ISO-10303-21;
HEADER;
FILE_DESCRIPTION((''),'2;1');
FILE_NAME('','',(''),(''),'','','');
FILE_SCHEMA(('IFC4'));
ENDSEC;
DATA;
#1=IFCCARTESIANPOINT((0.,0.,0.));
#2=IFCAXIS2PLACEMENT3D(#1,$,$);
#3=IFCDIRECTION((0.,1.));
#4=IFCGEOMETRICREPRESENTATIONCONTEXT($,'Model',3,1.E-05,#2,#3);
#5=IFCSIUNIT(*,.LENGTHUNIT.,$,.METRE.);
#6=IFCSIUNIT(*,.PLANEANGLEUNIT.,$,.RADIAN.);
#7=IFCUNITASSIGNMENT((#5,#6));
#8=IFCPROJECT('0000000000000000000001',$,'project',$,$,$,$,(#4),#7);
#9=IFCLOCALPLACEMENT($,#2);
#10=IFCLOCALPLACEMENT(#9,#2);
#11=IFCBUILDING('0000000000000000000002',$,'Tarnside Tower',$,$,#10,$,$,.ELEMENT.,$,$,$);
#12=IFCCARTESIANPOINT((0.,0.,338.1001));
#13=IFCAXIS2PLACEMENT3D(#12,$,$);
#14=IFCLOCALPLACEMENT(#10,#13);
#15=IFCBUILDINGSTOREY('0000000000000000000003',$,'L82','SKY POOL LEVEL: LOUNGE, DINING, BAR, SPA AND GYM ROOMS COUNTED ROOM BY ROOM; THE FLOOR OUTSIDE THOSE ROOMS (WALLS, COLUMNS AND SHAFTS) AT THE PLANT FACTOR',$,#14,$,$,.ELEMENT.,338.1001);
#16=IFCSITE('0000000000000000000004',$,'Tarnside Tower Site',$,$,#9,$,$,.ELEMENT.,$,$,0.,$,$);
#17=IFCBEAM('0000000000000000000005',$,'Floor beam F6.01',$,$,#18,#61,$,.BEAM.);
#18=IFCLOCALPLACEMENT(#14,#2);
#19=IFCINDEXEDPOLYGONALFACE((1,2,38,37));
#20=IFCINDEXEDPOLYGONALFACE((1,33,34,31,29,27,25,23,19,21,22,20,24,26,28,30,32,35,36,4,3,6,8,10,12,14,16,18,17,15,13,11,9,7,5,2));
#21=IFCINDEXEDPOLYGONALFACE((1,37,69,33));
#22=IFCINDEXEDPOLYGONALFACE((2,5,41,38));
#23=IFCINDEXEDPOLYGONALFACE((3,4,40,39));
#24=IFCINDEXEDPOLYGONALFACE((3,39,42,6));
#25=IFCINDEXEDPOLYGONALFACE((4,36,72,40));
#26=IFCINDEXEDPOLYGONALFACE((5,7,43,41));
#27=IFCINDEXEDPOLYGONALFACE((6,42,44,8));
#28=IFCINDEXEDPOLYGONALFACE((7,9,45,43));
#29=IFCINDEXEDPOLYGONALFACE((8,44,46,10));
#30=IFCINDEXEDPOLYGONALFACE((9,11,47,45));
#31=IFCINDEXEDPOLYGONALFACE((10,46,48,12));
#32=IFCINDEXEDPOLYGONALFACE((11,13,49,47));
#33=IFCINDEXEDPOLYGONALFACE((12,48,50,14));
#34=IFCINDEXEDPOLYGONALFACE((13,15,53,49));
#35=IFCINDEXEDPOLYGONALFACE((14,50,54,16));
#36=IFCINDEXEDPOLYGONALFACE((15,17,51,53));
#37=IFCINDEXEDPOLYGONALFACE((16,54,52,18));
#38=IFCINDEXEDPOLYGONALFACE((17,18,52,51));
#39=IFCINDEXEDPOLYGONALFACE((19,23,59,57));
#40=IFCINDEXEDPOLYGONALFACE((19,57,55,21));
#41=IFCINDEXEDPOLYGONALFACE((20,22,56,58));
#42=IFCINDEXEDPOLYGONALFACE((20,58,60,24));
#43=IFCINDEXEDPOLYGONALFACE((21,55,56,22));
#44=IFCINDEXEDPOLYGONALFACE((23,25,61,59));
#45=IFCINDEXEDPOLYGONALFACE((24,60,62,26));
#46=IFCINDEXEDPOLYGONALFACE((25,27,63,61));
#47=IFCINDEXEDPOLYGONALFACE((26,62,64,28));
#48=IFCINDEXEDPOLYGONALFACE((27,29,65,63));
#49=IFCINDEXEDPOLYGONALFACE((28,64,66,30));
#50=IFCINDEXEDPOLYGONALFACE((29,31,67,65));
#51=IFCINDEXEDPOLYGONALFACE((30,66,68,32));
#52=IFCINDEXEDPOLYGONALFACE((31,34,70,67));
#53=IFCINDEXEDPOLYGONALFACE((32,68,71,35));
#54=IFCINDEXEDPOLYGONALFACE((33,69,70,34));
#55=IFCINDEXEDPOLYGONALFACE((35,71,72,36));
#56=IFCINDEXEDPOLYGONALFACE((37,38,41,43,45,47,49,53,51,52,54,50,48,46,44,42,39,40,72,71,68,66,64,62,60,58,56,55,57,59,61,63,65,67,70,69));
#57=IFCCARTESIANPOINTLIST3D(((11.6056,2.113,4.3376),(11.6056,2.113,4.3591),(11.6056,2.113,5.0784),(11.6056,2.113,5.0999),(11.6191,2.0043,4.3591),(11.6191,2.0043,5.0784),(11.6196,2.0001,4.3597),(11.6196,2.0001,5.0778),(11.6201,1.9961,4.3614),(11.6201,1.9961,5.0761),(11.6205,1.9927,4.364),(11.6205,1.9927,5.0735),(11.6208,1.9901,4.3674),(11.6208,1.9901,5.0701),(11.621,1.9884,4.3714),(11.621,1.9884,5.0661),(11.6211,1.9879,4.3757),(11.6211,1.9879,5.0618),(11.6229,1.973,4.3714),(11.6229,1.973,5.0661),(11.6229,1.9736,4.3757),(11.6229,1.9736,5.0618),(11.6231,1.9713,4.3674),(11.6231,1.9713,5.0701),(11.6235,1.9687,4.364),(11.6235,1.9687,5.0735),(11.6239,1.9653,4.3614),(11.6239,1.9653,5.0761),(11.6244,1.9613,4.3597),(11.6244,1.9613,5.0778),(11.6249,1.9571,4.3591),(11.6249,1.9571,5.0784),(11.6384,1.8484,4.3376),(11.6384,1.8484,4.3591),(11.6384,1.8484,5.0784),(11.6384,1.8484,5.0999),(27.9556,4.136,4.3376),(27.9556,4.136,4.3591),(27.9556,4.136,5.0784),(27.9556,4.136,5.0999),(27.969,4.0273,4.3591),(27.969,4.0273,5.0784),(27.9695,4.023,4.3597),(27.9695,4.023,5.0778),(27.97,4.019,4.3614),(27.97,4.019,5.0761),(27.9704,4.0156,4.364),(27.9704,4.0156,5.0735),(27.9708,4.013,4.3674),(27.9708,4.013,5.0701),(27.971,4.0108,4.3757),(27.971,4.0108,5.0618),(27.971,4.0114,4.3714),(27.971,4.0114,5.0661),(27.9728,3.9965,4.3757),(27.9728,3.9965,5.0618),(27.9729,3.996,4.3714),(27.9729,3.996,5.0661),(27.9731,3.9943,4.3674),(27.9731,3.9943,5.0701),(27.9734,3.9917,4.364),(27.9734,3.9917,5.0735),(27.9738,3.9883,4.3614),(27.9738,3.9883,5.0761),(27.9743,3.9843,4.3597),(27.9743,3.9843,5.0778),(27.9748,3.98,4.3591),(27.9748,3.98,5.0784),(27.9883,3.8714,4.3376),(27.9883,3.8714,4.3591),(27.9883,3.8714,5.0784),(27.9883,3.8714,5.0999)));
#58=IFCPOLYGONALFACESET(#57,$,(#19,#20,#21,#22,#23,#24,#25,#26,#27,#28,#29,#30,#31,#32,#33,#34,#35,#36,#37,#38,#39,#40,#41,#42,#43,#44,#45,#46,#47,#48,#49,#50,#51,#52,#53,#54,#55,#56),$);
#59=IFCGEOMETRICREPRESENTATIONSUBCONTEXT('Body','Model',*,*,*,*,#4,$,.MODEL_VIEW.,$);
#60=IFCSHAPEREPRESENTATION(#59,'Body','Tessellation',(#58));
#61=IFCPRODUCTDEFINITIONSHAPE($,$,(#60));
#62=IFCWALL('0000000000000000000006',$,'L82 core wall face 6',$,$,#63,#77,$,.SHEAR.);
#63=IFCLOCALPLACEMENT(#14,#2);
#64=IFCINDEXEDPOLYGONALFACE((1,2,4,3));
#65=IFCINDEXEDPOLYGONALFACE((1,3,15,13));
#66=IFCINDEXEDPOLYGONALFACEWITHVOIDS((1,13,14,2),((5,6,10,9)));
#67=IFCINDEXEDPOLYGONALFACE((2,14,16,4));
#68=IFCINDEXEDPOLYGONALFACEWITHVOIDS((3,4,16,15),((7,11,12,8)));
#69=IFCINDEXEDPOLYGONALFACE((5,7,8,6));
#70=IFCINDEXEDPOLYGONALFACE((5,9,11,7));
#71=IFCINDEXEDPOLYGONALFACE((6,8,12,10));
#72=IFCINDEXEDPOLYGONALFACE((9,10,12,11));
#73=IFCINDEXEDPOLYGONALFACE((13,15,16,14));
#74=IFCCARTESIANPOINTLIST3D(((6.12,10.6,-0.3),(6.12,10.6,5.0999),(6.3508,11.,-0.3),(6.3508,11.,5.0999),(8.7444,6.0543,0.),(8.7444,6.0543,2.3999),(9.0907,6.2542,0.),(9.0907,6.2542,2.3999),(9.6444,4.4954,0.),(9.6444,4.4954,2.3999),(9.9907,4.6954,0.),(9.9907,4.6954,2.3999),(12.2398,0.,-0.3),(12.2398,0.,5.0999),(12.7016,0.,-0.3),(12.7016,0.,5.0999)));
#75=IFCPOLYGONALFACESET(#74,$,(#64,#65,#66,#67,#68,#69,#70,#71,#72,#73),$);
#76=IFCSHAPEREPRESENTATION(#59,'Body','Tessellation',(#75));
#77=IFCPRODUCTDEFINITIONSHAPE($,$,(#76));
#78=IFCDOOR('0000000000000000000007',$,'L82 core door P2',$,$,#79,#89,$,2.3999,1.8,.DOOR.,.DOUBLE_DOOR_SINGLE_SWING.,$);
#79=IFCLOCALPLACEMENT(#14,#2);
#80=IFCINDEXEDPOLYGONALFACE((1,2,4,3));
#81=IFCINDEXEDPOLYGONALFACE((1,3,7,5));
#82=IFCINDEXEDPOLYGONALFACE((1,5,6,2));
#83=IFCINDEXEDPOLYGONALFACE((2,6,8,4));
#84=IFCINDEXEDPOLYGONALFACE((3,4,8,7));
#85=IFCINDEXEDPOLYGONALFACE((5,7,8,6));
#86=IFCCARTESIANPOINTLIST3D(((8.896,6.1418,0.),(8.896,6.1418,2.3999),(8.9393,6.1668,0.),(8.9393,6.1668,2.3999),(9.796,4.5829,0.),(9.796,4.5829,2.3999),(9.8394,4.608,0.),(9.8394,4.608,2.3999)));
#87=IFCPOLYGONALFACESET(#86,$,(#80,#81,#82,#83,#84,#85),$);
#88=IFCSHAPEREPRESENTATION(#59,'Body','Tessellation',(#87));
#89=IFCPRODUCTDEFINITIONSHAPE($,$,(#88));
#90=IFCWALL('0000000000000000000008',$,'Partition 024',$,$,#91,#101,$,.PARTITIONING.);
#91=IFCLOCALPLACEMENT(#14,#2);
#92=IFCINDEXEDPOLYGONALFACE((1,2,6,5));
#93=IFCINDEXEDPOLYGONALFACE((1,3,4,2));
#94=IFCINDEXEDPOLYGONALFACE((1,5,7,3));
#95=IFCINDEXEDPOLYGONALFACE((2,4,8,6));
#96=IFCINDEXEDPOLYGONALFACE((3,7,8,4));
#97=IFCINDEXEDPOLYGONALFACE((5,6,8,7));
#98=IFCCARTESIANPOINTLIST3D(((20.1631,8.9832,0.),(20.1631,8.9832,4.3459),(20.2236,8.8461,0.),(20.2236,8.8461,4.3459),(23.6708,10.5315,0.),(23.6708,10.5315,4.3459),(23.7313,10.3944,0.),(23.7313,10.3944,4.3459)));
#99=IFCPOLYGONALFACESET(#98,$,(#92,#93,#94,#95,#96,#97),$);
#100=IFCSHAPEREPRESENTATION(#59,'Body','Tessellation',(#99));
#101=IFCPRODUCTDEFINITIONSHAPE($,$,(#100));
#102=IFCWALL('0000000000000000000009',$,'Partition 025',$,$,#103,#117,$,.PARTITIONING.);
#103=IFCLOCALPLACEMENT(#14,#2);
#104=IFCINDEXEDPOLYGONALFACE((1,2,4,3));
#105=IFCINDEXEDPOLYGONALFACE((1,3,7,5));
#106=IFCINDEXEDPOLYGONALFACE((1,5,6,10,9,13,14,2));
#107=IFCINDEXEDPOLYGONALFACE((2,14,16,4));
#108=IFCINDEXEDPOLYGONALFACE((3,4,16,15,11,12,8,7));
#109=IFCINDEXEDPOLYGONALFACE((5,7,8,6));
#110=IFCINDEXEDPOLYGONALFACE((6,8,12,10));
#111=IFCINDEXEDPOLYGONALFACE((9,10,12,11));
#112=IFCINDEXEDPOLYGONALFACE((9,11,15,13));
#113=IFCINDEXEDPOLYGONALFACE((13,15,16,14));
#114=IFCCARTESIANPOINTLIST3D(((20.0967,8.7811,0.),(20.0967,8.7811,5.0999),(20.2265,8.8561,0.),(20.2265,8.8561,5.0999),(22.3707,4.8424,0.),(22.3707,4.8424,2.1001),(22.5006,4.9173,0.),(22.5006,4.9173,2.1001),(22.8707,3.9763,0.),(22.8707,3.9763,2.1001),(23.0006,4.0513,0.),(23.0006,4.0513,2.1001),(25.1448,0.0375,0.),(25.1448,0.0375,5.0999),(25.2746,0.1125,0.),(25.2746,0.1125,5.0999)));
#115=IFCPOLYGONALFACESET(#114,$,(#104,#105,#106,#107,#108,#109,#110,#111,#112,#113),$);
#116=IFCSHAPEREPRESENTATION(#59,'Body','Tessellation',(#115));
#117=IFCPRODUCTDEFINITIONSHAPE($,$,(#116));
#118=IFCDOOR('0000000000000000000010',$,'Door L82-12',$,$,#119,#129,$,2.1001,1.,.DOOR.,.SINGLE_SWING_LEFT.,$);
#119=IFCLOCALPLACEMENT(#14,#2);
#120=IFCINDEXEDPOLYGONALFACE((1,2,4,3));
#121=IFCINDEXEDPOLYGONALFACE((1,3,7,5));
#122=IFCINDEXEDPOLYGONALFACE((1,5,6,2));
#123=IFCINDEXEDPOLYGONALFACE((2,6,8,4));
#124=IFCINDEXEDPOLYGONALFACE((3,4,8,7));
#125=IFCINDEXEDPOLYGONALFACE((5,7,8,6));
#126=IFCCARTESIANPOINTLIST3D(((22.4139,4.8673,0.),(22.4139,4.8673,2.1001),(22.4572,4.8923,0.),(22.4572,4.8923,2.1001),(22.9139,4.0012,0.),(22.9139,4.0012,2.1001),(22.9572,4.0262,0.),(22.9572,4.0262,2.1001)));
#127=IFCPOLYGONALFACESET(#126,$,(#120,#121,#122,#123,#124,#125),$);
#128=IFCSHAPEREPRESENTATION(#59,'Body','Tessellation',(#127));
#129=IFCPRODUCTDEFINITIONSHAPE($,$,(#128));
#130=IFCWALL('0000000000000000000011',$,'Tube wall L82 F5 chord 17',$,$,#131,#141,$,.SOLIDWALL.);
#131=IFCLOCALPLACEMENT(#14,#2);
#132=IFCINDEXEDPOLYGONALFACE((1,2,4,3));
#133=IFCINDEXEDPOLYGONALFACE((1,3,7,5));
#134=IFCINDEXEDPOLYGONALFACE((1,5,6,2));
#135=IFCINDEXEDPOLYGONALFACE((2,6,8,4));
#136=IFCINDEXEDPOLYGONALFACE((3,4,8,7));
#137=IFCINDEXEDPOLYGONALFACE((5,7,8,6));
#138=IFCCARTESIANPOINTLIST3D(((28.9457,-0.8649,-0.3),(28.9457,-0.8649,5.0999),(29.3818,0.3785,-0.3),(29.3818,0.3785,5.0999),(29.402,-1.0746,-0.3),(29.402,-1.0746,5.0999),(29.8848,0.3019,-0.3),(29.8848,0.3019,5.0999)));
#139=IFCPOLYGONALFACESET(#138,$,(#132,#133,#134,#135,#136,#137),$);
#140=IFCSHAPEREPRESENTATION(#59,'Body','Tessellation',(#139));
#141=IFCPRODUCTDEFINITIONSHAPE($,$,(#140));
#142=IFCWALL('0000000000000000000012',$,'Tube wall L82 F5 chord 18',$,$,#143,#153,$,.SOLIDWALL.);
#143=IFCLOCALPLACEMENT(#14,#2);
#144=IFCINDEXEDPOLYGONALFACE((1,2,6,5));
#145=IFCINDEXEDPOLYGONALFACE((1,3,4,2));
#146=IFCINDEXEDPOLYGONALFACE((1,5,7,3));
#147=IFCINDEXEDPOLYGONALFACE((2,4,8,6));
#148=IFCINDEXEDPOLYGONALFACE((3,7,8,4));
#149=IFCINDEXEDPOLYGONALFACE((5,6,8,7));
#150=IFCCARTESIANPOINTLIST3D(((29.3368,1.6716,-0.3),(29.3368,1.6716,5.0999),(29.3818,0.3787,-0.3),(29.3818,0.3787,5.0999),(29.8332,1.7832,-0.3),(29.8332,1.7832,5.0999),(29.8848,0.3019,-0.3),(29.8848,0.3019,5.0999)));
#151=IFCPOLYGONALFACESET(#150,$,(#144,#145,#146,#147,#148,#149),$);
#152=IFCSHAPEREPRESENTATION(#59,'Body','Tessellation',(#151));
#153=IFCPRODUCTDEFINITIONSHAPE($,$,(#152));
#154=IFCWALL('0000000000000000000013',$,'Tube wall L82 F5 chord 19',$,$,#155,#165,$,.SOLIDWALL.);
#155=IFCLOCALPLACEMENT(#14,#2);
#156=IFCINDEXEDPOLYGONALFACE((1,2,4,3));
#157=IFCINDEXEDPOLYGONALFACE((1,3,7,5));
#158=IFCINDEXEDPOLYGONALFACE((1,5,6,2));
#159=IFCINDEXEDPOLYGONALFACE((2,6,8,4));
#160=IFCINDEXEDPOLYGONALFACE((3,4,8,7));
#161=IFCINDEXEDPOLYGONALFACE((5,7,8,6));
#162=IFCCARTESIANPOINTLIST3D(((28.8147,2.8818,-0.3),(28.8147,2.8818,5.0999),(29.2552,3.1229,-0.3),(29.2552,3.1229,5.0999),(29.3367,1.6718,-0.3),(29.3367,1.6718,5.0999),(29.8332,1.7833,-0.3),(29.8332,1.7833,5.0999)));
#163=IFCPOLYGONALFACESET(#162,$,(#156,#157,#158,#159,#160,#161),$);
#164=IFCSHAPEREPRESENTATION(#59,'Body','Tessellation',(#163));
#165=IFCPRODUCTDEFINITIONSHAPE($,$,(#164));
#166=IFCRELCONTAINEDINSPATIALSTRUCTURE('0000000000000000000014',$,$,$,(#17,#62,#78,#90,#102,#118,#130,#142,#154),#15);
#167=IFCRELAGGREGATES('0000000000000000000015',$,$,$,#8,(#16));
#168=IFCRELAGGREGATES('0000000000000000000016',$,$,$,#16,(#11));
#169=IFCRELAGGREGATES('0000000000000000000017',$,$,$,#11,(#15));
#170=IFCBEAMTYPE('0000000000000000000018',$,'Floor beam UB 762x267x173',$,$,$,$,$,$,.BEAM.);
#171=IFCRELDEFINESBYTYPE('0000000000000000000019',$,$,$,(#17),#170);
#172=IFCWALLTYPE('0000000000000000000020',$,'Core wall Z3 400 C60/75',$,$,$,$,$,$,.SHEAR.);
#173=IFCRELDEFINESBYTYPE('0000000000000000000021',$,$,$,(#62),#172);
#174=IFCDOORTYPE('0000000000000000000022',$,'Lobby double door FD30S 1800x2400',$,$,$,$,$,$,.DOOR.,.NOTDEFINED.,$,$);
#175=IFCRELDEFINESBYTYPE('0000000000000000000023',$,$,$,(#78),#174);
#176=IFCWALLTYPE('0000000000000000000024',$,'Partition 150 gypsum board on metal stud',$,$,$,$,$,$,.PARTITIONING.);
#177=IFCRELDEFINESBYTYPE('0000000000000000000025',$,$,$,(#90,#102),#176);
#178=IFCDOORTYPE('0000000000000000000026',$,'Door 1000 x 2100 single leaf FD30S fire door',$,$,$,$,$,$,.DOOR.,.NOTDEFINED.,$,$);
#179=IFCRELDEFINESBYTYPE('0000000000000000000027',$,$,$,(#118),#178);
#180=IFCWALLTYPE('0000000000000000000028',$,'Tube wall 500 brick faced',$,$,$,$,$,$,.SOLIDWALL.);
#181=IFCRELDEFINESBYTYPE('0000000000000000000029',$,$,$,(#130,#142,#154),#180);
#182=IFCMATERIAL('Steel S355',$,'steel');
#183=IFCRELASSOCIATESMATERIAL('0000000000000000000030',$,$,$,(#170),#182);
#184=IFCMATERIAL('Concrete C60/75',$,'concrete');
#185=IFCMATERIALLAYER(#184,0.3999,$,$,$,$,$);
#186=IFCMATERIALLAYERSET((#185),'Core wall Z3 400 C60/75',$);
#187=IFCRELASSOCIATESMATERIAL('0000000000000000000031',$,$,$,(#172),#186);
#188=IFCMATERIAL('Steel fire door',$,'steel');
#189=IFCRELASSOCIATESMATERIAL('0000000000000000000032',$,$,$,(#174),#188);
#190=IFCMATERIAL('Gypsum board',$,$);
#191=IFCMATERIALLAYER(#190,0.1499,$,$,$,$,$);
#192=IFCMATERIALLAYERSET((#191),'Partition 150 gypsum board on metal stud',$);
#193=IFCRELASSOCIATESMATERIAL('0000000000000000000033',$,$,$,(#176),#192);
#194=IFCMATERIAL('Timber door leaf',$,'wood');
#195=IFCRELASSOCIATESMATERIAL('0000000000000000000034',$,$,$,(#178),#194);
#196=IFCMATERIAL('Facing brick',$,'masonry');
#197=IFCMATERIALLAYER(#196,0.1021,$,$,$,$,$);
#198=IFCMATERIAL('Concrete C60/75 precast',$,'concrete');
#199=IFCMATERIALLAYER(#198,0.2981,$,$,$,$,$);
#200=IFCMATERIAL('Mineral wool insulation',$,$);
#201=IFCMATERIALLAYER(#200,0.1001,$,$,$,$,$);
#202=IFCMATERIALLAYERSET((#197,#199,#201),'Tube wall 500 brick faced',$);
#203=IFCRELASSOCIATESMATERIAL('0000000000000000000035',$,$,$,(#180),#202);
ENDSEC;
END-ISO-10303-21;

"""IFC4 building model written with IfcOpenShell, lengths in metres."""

from ifc_helpers import new_model, si_unit, direction, frame, frame_2d, origin, origin_2d, place, context, subcontext, project, spatial, polyline, rectangle, i_section, outline, extrude, material, layer, layer_set, material_profile, profile_set, type_object, element, fill, save


model = new_model("IFC4")

# Units and contexts
model_context = context("Model", 3, precision=1e-05, world=origin(), true_north=direction((0.0, 1.0)))
body_context = subcontext(model_context, "Body", "Model", "MODEL_VIEW")
ifc_project = project(units=[si_unit("LENGTHUNIT", "METRE"), si_unit("PLANEANGLEUNIT", "RADIAN")], contexts=[model_context])

# Site, building, storey
site_placement = place(None, origin())
site = spatial("IfcSite", under=ifc_project, at=site_placement, Name="Tarnside Tower Site", CompositionType="ELEMENT", RefElevation=0.0)
building_placement = place(site_placement, origin())
building = spatial("IfcBuilding", under=site, at=building_placement, Name="Tarnside Tower", CompositionType="ELEMENT")
storey_placement = place(building_placement, frame((0.0, 0.0, 338.1001)))
storey = spatial("IfcBuildingStorey", under=building, at=storey_placement, Name="L82", Description="SKY POOL LEVEL: LOUNGE, DINING, BAR, SPA AND GYM ROOMS COUNTED ROOM BY ROOM; THE FLOOR OUTSIDE THOSE ROOMS (WALLS, COLUMNS AND SHAFTS) AT THE PLANT FACTOR", CompositionType="ELEMENT", Elevation=338.1001)

# Beam
ifc_material_1 = material(Name="Steel S355", Category="steel")
ifc_material_profile_1 = material_profile(ifc_material_1, i_section(OverallWidth=0.2666, OverallDepth=0.7622, WebThickness=0.0144, FlangeThickness=0.0215, FilletRadius=0.0166, at=origin_2d()), Name="UB 762x267x173")
ifc_profile_set_1 = profile_set([ifc_material_profile_1], Name="Steel S355")
beam_type_1 = type_object("IfcBeamType", Name="Floor beam UB 762x267x173", PredefinedType="BEAM", material=ifc_profile_set_1)
beam_1_placement = place(storey_placement, frame((27.9719, 4.0037, 4.7188), z_axis=(-0.992432, -0.122793, 0.0), x_axis=(0.122793, -0.992432, 0.0)))
element("IfcBeam", 1, at=beam_1_placement, inside=storey, type_object=beam_type_1, Name="Floor beam F6.01", PredefinedType="BEAM", context=body_context, shape_type="SweptSolid", body=[
    extrude(i_section(OverallWidth=0.2666, OverallDepth=0.7622, WebThickness=0.0144, FlangeThickness=0.0215, FilletRadius=0.0166, at=origin_2d()), origin(), (0.0, 0.0, 1.0), 16.4746),
])

# Wall, opening, door
ifc_material_2 = material(Name="Concrete C60/75", Category="concrete")
ifc_layer_1 = layer(ifc_material_2, 0.3999)
ifc_layer_set_1 = layer_set([ifc_layer_1], Name="Core wall Z3 400 C60/75")
wall_type_1 = type_object("IfcWallType", Name="Core wall Z3 400 C60/75", PredefinedType="SHEAR", material=ifc_layer_set_1)
wall_1_placement = place(storey_placement, frame((12.4707, 0.0, -0.3), z_axis=(0.0, 0.0, 1.0), x_axis=(-0.499996, 0.866027, 0.0)))
wall_1 = element("IfcWall", 2, at=wall_1_placement, inside=storey, type_object=wall_type_1, Name="L82 core wall face 6", PredefinedType="SHEAR", context=body_context, shape_type="SweptSolid", body=[
    extrude(outline(polyline([(-0.1155, -0.2), (12.5862, -0.2), (12.3552, 0.2), (0.1155, 0.2), (-0.1155, -0.2)])), origin(), (0.0, 0.0, 1.0), 5.3999),
])
opening_1_placement = place(wall_1_placement, frame((5.3064, 0.0, 0.3)))
opening_1 = element("IfcOpeningElement", 3, at=opening_1_placement, cuts=wall_1, PredefinedType="OPENING", context=body_context, shape_type="SweptSolid", body=[
    extrude(rectangle(XDim=1.8, YDim=2.3999, at=frame_2d((0.8999, 1.2))), frame((0.0, 0.21, 0.0), z_axis=(0.0, -1.0, 0.0), x_axis=(1.0, 0.0, 0.0)), (0.0, 0.0, 1.0), 0.4199),
])
ifc_material_3 = material(Name="Steel fire door", Category="steel")
door_type_1 = type_object("IfcDoorType", Name="Lobby double door FD30S 1800x2400", OperationType="NOTDEFINED", PredefinedType="DOOR", material=ifc_material_3)
door_1_placement = place(opening_1_placement, origin())
door_1 = element("IfcDoor", 4, at=door_1_placement, inside=storey, type_object=door_type_1, Name="L82 core door P2", OperationType="DOUBLE_DOOR_SINGLE_SWING", OverallHeight=2.3999, OverallWidth=1.8, PredefinedType="DOOR", context=body_context, shape_type="SweptSolid", body=[
    extrude(rectangle(XDim=1.8, YDim=2.3999, at=frame_2d((0.8999, 1.2))), frame((0.0, 0.0249, 0.0), z_axis=(0.0, -1.0, 0.0), x_axis=(1.0, 0.0, 0.0)), (0.0, 0.0, 1.0), 0.05),
])
fill(opening_1, door_1)

# Wall
ifc_material_4 = material(Name="Gypsum board")
ifc_layer_2 = layer(ifc_material_4, 0.1499)
ifc_layer_set_2 = layer_set([ifc_layer_2], Name="Partition 150 gypsum board on metal stud")
wall_type_2 = type_object("IfcWallType", Name="Partition 150 gypsum board on metal stud", PredefinedType="PARTITIONING", material=ifc_layer_set_2)
wall_2_placement = place(storey_placement, frame((23.7009, 10.4629, 0.0), z_axis=(0.0, 0.0, 1.0), x_axis=(-0.914843, -0.40381, 0.0)))
element("IfcWall", 5, at=wall_2_placement, inside=storey, type_object=wall_type_2, Name="Partition 024", PredefinedType="PARTITIONING", context=body_context, shape_type="SweptSolid", body=[
    extrude(rectangle(XDim=3.8342, YDim=0.1499, at=frame_2d((1.917, 0.0))), origin(), (0.0, 0.0, 1.0), 4.3459),
])

# Wall, opening, door
wall_3_placement = place(storey_placement, frame((20.1616, 8.8186, 0.0), z_axis=(0.0, 0.0, 1.0), x_axis=(0.499996, -0.866028, 0.0)))
wall_3 = element("IfcWall", 6, at=wall_3_placement, inside=storey, type_object=wall_type_2, Name="Partition 025", PredefinedType="PARTITIONING", context=body_context, shape_type="SweptSolid", body=[
    extrude(rectangle(XDim=10.0962, YDim=0.1499, at=frame_2d((5.0481, 0.0))), origin(), (0.0, 0.0, 1.0), 5.0999),
])
opening_2_placement = place(wall_3_placement, frame((4.5481, 0.0, 0.0)))
opening_2 = element("IfcOpeningElement", 7, at=opening_2_placement, cuts=wall_3, PredefinedType="OPENING", context=body_context, shape_type="SweptSolid", body=[
    extrude(rectangle(XDim=1.0, YDim=2.1001, at=frame_2d((0.5, 1.05))), frame((0.0, 0.085, 0.0), z_axis=(0.0, -1.0, 0.0), x_axis=(1.0, 0.0, 0.0)), (0.0, 0.0, 1.0), 0.1699),
])
ifc_material_5 = material(Name="Timber door leaf", Category="wood")
door_type_2 = type_object("IfcDoorType", Name="Door 1000 x 2100 single leaf FD30S fire door", OperationType="NOTDEFINED", PredefinedType="DOOR", material=ifc_material_5)
door_2_placement = place(opening_2_placement, origin())
door_2 = element("IfcDoor", 8, at=door_2_placement, inside=storey, type_object=door_type_2, Name="Door L82-12", OperationType="SINGLE_SWING_LEFT", OverallHeight=2.1001, OverallWidth=1.0, PredefinedType="DOOR", context=body_context, shape_type="SweptSolid", body=[
    extrude(rectangle(XDim=1.0, YDim=2.1001, at=frame_2d((0.5, 1.05))), frame((0.0, 0.0249, 0.0), z_axis=(0.0, -1.0, 0.0), x_axis=(1.0, 0.0, 0.0)), (0.0, 0.0, 1.0), 0.05),
])
fill(opening_2, door_2)

# Walls
ifc_material_6 = material(Name="Facing brick", Category="masonry")
ifc_layer_3 = layer(ifc_material_6, 0.1021)
ifc_material_7 = material(Name="Concrete C60/75 precast", Category="concrete")
ifc_layer_4 = layer(ifc_material_7, 0.2981)
ifc_material_8 = material(Name="Mineral wool insulation")
ifc_layer_5 = layer(ifc_material_8, 0.1001)
ifc_layer_set_3 = layer_set([ifc_layer_3, ifc_layer_4, ifc_layer_5], Name="Tube wall 500 brick faced")
wall_type_3 = type_object("IfcWallType", Name="Tube wall 500 brick faced", PredefinedType="SOLIDWALL", material=ifc_layer_set_3)
wall_4_placement = place(storey_placement, frame((29.1738, -0.9697, -0.3), z_axis=(0.0, 0.0, 1.0), x_axis=(0.330961, 0.943644, 0.0)))
element("IfcWall", 9, at=wall_4_placement, inside=storey, type_object=wall_type_3, Name="Tube wall L82 F5 chord 17", PredefinedType="SOLIDWALL", context=body_context, shape_type="SweptSolid", body=[
    extrude(outline(polyline([(-0.0234, -0.25), (1.4353, -0.25), (1.3411, 0.25), (0.0234, 0.25), (-0.0234, -0.25)])), origin(), (0.0, 0.0, 1.0), 5.3999),
])
wall_5_placement = place(storey_placement, frame((29.6333, 0.3403, -0.3), z_axis=(0.0, 0.0, 1.0), x_axis=(-0.034826, 0.999393, 0.0)))
element("IfcWall", 10, at=wall_5_placement, inside=storey, type_object=wall_type_3, Name="Tube wall L82 F5 chord 18", PredefinedType="SOLIDWALL", context=body_context, shape_type="SweptSolid", body=[
    extrude(outline(polyline([(-0.0471, -0.25), (1.4351, -0.25), (1.3408, 0.25), (0.0471, 0.25), (-0.0471, -0.25)])), origin(), (0.0, 0.0, 1.0), 5.3999),
])
wall_6_placement = place(storey_placement, frame((29.585, 1.7275, -0.3), z_axis=(0.0, 0.0, 1.0), x_axis=(-0.396146, 0.918187, 0.0)))
element("IfcWall", 11, at=wall_6_placement, inside=storey, type_object=wall_type_3, Name="Tube wall L82 F5 chord 19", PredefinedType="SOLIDWALL", context=body_context, shape_type="SweptSolid", body=[
    extrude(outline(polyline([(-0.0471, -0.25), (1.4119, -0.25), (1.365, 0.25), (0.0471, 0.25), (-0.0471, -0.25)])), origin(), (0.0, 0.0, 1.0), 5.3999),
])

save(model, "model.ifc")
